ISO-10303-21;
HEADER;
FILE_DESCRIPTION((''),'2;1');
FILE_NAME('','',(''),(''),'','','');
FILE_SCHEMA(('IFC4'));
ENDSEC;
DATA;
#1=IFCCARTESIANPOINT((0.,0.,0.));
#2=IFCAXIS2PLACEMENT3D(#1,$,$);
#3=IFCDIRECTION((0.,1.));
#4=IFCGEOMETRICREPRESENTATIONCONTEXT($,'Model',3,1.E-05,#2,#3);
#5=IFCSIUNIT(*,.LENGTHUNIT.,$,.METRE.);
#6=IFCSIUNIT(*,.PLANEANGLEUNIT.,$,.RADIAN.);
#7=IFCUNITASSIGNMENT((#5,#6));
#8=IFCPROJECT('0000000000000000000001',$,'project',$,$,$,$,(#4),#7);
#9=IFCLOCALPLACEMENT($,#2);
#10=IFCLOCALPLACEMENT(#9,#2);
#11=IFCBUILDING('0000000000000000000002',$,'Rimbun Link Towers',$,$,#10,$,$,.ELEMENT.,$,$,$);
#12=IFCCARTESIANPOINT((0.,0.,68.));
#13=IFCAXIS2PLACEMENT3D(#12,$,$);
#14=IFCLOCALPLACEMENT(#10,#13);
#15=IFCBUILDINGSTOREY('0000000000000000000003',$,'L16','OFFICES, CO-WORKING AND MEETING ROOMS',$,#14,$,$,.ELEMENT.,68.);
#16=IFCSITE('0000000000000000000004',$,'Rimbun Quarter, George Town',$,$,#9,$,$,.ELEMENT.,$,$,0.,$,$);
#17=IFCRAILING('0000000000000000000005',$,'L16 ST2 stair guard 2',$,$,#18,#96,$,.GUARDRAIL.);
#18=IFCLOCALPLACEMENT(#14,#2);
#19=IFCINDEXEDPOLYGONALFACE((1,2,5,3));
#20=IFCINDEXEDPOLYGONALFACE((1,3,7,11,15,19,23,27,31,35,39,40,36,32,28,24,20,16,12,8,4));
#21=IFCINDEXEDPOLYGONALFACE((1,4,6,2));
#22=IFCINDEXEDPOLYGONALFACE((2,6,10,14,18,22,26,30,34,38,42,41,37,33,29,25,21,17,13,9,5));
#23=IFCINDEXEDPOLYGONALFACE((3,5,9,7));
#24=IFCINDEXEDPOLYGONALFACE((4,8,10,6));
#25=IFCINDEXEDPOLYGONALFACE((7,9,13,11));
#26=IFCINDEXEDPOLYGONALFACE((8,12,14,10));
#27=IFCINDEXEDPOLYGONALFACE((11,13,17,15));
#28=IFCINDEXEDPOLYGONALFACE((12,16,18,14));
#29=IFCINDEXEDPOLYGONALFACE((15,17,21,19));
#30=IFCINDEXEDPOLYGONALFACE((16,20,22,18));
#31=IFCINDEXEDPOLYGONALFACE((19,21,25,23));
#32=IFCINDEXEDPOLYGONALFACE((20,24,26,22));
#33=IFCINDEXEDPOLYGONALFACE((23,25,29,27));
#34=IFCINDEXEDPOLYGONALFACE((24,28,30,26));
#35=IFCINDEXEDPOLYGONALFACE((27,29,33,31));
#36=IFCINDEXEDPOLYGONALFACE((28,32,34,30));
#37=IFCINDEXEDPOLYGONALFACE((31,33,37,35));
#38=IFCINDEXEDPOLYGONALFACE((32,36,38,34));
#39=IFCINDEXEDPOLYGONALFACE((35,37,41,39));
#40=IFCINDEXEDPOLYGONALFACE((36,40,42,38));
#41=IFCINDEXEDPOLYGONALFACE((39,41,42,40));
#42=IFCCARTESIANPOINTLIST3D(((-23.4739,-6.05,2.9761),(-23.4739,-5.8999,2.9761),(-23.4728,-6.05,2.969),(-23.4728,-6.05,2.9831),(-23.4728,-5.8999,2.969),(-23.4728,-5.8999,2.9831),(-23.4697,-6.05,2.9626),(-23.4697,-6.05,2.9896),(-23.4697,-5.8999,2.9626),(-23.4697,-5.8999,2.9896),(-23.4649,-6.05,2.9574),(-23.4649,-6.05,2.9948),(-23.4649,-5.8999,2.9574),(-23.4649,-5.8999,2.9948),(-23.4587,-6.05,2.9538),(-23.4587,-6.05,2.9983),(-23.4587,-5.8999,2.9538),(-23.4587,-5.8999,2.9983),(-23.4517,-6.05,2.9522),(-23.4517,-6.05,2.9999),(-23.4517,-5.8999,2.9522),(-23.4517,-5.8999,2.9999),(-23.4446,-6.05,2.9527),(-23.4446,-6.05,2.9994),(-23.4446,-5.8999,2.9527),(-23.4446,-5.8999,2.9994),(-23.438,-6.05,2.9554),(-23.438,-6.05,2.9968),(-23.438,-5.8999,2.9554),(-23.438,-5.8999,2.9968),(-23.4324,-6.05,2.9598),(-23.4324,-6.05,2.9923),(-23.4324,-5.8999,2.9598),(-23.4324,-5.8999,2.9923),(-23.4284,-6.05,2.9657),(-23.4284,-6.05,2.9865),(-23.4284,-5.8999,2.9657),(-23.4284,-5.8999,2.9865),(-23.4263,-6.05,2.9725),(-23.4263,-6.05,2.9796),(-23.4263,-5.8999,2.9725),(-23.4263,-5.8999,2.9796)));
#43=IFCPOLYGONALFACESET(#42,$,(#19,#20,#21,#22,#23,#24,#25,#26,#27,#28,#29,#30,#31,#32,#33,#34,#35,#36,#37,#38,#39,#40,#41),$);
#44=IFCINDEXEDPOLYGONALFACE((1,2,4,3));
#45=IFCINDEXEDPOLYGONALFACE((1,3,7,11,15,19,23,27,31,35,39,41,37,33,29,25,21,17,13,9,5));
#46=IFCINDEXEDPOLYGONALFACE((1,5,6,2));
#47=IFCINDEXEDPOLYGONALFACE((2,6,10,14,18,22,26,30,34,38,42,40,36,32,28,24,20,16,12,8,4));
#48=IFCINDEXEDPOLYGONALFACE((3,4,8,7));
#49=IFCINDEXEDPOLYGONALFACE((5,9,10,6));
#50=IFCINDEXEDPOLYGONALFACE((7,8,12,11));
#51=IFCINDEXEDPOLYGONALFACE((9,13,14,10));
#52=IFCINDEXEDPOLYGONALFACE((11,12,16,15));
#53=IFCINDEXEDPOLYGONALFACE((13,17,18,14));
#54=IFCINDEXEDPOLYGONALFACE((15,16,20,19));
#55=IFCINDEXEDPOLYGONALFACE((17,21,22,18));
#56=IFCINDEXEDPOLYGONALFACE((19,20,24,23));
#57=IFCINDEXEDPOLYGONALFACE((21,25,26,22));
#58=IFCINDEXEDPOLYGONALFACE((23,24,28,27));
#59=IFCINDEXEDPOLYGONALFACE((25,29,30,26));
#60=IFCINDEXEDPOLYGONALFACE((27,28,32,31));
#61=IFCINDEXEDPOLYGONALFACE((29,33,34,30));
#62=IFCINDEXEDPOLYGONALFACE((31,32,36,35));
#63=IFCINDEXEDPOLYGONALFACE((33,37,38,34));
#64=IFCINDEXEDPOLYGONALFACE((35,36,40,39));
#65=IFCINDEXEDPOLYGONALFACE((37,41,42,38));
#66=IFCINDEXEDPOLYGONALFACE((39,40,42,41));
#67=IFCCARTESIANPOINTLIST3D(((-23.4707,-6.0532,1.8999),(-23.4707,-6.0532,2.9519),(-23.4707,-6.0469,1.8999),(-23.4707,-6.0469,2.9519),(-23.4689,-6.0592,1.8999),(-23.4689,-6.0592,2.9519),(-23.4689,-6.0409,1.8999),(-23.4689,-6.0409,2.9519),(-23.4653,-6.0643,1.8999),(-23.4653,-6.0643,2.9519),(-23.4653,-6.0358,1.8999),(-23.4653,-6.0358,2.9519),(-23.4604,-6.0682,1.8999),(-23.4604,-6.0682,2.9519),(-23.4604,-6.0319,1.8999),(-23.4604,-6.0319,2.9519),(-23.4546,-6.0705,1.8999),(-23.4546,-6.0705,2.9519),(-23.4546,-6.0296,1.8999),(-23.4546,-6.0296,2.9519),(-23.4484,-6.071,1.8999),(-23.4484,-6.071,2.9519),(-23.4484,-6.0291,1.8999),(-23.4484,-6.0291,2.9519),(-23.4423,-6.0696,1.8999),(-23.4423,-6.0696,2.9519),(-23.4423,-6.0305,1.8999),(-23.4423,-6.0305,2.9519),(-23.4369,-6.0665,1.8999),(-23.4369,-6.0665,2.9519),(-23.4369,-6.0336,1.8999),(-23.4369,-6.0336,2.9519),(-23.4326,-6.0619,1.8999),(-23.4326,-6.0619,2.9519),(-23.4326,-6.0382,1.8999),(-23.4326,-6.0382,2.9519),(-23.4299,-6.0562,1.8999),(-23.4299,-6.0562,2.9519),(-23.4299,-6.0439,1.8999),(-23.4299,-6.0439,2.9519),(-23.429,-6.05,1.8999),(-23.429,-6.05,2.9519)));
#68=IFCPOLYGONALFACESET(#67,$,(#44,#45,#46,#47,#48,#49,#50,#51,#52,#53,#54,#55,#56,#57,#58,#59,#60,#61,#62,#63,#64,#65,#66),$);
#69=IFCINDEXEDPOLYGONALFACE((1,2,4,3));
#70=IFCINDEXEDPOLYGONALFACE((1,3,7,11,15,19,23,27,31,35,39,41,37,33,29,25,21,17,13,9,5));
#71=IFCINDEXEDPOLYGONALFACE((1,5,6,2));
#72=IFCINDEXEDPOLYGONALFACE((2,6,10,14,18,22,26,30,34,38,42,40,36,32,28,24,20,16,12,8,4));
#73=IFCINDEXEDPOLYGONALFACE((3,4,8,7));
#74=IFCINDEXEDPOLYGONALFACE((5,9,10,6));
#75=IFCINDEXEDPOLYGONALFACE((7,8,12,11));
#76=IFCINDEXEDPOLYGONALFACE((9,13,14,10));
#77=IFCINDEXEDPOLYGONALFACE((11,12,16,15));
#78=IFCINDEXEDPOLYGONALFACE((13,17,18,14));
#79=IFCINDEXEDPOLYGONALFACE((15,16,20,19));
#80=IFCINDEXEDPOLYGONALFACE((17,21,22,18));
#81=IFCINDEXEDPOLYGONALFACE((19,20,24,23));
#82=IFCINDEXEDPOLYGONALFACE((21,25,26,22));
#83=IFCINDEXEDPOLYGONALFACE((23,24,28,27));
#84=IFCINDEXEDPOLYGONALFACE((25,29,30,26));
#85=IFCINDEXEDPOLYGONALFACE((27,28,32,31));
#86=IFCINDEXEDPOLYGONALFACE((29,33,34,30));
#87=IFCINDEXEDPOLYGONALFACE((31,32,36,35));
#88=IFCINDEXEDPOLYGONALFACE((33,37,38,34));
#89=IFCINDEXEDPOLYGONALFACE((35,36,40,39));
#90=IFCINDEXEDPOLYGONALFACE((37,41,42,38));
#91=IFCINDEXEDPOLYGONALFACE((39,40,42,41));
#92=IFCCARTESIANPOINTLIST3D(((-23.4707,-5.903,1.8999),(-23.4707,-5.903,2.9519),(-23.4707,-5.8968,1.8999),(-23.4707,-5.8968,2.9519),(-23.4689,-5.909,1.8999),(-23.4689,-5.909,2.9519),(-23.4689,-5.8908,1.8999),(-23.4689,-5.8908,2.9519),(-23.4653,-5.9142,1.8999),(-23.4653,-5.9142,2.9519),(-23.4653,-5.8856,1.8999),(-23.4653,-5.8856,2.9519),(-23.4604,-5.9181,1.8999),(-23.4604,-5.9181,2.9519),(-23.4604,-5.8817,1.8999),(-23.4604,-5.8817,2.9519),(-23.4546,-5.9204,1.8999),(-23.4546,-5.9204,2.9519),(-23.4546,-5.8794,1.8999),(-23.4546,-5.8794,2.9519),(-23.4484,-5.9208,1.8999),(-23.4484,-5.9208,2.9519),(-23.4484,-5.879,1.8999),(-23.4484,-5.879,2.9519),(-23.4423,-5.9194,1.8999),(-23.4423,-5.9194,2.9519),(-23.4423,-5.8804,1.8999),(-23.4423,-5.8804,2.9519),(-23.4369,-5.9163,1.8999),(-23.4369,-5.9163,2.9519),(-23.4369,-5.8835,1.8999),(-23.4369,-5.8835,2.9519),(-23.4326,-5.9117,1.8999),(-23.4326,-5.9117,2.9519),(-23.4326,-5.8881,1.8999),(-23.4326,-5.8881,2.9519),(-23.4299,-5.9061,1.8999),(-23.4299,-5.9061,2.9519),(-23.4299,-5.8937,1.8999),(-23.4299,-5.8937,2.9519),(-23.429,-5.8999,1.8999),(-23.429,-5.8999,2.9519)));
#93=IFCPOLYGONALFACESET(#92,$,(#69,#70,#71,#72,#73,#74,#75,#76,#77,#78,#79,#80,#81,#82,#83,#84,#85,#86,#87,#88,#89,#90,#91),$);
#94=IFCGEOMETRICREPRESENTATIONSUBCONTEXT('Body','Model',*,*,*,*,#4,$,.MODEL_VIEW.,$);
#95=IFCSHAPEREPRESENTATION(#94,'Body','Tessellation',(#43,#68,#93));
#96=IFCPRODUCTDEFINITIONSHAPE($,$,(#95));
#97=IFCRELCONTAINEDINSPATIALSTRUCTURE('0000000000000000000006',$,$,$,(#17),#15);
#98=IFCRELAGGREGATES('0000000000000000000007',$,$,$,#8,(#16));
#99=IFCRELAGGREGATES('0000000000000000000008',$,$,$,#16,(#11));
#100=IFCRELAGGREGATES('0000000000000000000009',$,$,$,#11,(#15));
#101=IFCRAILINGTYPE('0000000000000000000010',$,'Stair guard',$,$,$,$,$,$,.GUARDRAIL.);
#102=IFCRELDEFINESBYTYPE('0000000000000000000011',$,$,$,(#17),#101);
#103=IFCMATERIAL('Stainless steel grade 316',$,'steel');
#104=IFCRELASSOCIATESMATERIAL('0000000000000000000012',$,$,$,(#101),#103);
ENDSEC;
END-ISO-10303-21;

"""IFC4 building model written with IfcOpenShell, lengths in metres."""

from ifc_helpers import new_model, si_unit, direction, frame, origin, origin_2d, place, context, subcontext, project, spatial, circle, extrude, material, type_object, element, save


model = new_model("IFC4")

# Units and contexts
model_context = context("Model", 3, precision=1e-05, world=origin(), true_north=direction((0.0, 1.0)))
body_context = subcontext(model_context, "Body", "Model", "MODEL_VIEW")
ifc_project = project(units=[si_unit("LENGTHUNIT", "METRE"), si_unit("PLANEANGLEUNIT", "RADIAN")], contexts=[model_context])

# Site, building, storey
site_placement = place(None, origin())
site = spatial("IfcSite", under=ifc_project, at=site_placement, Name="Rimbun Quarter, George Town", CompositionType="ELEMENT", RefElevation=0.0)
building_placement = place(site_placement, origin())
building = spatial("IfcBuilding", under=site, at=building_placement, Name="Rimbun Link Towers", CompositionType="ELEMENT")
storey_placement = place(building_placement, frame((0.0, 0.0, 68.0)))
storey = spatial("IfcBuildingStorey", under=building, at=storey_placement, Name="L16", Description="OFFICES, CO-WORKING AND MEETING ROOMS", CompositionType="ELEMENT", Elevation=68.0)

# Railing
ifc_material_1 = material(Name="Stainless steel grade 316", Category="steel")
railing_type_1 = type_object("IfcRailingType", Name="Stair guard", PredefinedType="GUARDRAIL", material=ifc_material_1)
railing_1_placement = place(storey_placement, frame((-23.45, -6.05, 1.8999)))
element("IfcRailing", 1, at=railing_1_placement, inside=storey, type_object=railing_type_1, Name="L16 ST2 stair guard 2", PredefinedType="GUARDRAIL", context=body_context, shape_type="SweptSolid", body=[
    extrude(circle(Radius=0.0239, at=origin_2d()), frame((0.0, 0.0, 1.0762), z_axis=(0.0, 1.0, 0.0), x_axis=(-1.0, 0.0, 0.0)), (0.0, 0.0, 1.0), 0.1501),
    extrude(circle(Radius=0.021, at=origin_2d()), origin(), (0.0, 0.0, 1.0), 1.052),
    extrude(circle(Radius=0.021, at=origin_2d()), frame((0.0, 0.1501, 0.0)), (0.0, 0.0, 1.0), 1.052),
])

save(model, "model.ifc")
